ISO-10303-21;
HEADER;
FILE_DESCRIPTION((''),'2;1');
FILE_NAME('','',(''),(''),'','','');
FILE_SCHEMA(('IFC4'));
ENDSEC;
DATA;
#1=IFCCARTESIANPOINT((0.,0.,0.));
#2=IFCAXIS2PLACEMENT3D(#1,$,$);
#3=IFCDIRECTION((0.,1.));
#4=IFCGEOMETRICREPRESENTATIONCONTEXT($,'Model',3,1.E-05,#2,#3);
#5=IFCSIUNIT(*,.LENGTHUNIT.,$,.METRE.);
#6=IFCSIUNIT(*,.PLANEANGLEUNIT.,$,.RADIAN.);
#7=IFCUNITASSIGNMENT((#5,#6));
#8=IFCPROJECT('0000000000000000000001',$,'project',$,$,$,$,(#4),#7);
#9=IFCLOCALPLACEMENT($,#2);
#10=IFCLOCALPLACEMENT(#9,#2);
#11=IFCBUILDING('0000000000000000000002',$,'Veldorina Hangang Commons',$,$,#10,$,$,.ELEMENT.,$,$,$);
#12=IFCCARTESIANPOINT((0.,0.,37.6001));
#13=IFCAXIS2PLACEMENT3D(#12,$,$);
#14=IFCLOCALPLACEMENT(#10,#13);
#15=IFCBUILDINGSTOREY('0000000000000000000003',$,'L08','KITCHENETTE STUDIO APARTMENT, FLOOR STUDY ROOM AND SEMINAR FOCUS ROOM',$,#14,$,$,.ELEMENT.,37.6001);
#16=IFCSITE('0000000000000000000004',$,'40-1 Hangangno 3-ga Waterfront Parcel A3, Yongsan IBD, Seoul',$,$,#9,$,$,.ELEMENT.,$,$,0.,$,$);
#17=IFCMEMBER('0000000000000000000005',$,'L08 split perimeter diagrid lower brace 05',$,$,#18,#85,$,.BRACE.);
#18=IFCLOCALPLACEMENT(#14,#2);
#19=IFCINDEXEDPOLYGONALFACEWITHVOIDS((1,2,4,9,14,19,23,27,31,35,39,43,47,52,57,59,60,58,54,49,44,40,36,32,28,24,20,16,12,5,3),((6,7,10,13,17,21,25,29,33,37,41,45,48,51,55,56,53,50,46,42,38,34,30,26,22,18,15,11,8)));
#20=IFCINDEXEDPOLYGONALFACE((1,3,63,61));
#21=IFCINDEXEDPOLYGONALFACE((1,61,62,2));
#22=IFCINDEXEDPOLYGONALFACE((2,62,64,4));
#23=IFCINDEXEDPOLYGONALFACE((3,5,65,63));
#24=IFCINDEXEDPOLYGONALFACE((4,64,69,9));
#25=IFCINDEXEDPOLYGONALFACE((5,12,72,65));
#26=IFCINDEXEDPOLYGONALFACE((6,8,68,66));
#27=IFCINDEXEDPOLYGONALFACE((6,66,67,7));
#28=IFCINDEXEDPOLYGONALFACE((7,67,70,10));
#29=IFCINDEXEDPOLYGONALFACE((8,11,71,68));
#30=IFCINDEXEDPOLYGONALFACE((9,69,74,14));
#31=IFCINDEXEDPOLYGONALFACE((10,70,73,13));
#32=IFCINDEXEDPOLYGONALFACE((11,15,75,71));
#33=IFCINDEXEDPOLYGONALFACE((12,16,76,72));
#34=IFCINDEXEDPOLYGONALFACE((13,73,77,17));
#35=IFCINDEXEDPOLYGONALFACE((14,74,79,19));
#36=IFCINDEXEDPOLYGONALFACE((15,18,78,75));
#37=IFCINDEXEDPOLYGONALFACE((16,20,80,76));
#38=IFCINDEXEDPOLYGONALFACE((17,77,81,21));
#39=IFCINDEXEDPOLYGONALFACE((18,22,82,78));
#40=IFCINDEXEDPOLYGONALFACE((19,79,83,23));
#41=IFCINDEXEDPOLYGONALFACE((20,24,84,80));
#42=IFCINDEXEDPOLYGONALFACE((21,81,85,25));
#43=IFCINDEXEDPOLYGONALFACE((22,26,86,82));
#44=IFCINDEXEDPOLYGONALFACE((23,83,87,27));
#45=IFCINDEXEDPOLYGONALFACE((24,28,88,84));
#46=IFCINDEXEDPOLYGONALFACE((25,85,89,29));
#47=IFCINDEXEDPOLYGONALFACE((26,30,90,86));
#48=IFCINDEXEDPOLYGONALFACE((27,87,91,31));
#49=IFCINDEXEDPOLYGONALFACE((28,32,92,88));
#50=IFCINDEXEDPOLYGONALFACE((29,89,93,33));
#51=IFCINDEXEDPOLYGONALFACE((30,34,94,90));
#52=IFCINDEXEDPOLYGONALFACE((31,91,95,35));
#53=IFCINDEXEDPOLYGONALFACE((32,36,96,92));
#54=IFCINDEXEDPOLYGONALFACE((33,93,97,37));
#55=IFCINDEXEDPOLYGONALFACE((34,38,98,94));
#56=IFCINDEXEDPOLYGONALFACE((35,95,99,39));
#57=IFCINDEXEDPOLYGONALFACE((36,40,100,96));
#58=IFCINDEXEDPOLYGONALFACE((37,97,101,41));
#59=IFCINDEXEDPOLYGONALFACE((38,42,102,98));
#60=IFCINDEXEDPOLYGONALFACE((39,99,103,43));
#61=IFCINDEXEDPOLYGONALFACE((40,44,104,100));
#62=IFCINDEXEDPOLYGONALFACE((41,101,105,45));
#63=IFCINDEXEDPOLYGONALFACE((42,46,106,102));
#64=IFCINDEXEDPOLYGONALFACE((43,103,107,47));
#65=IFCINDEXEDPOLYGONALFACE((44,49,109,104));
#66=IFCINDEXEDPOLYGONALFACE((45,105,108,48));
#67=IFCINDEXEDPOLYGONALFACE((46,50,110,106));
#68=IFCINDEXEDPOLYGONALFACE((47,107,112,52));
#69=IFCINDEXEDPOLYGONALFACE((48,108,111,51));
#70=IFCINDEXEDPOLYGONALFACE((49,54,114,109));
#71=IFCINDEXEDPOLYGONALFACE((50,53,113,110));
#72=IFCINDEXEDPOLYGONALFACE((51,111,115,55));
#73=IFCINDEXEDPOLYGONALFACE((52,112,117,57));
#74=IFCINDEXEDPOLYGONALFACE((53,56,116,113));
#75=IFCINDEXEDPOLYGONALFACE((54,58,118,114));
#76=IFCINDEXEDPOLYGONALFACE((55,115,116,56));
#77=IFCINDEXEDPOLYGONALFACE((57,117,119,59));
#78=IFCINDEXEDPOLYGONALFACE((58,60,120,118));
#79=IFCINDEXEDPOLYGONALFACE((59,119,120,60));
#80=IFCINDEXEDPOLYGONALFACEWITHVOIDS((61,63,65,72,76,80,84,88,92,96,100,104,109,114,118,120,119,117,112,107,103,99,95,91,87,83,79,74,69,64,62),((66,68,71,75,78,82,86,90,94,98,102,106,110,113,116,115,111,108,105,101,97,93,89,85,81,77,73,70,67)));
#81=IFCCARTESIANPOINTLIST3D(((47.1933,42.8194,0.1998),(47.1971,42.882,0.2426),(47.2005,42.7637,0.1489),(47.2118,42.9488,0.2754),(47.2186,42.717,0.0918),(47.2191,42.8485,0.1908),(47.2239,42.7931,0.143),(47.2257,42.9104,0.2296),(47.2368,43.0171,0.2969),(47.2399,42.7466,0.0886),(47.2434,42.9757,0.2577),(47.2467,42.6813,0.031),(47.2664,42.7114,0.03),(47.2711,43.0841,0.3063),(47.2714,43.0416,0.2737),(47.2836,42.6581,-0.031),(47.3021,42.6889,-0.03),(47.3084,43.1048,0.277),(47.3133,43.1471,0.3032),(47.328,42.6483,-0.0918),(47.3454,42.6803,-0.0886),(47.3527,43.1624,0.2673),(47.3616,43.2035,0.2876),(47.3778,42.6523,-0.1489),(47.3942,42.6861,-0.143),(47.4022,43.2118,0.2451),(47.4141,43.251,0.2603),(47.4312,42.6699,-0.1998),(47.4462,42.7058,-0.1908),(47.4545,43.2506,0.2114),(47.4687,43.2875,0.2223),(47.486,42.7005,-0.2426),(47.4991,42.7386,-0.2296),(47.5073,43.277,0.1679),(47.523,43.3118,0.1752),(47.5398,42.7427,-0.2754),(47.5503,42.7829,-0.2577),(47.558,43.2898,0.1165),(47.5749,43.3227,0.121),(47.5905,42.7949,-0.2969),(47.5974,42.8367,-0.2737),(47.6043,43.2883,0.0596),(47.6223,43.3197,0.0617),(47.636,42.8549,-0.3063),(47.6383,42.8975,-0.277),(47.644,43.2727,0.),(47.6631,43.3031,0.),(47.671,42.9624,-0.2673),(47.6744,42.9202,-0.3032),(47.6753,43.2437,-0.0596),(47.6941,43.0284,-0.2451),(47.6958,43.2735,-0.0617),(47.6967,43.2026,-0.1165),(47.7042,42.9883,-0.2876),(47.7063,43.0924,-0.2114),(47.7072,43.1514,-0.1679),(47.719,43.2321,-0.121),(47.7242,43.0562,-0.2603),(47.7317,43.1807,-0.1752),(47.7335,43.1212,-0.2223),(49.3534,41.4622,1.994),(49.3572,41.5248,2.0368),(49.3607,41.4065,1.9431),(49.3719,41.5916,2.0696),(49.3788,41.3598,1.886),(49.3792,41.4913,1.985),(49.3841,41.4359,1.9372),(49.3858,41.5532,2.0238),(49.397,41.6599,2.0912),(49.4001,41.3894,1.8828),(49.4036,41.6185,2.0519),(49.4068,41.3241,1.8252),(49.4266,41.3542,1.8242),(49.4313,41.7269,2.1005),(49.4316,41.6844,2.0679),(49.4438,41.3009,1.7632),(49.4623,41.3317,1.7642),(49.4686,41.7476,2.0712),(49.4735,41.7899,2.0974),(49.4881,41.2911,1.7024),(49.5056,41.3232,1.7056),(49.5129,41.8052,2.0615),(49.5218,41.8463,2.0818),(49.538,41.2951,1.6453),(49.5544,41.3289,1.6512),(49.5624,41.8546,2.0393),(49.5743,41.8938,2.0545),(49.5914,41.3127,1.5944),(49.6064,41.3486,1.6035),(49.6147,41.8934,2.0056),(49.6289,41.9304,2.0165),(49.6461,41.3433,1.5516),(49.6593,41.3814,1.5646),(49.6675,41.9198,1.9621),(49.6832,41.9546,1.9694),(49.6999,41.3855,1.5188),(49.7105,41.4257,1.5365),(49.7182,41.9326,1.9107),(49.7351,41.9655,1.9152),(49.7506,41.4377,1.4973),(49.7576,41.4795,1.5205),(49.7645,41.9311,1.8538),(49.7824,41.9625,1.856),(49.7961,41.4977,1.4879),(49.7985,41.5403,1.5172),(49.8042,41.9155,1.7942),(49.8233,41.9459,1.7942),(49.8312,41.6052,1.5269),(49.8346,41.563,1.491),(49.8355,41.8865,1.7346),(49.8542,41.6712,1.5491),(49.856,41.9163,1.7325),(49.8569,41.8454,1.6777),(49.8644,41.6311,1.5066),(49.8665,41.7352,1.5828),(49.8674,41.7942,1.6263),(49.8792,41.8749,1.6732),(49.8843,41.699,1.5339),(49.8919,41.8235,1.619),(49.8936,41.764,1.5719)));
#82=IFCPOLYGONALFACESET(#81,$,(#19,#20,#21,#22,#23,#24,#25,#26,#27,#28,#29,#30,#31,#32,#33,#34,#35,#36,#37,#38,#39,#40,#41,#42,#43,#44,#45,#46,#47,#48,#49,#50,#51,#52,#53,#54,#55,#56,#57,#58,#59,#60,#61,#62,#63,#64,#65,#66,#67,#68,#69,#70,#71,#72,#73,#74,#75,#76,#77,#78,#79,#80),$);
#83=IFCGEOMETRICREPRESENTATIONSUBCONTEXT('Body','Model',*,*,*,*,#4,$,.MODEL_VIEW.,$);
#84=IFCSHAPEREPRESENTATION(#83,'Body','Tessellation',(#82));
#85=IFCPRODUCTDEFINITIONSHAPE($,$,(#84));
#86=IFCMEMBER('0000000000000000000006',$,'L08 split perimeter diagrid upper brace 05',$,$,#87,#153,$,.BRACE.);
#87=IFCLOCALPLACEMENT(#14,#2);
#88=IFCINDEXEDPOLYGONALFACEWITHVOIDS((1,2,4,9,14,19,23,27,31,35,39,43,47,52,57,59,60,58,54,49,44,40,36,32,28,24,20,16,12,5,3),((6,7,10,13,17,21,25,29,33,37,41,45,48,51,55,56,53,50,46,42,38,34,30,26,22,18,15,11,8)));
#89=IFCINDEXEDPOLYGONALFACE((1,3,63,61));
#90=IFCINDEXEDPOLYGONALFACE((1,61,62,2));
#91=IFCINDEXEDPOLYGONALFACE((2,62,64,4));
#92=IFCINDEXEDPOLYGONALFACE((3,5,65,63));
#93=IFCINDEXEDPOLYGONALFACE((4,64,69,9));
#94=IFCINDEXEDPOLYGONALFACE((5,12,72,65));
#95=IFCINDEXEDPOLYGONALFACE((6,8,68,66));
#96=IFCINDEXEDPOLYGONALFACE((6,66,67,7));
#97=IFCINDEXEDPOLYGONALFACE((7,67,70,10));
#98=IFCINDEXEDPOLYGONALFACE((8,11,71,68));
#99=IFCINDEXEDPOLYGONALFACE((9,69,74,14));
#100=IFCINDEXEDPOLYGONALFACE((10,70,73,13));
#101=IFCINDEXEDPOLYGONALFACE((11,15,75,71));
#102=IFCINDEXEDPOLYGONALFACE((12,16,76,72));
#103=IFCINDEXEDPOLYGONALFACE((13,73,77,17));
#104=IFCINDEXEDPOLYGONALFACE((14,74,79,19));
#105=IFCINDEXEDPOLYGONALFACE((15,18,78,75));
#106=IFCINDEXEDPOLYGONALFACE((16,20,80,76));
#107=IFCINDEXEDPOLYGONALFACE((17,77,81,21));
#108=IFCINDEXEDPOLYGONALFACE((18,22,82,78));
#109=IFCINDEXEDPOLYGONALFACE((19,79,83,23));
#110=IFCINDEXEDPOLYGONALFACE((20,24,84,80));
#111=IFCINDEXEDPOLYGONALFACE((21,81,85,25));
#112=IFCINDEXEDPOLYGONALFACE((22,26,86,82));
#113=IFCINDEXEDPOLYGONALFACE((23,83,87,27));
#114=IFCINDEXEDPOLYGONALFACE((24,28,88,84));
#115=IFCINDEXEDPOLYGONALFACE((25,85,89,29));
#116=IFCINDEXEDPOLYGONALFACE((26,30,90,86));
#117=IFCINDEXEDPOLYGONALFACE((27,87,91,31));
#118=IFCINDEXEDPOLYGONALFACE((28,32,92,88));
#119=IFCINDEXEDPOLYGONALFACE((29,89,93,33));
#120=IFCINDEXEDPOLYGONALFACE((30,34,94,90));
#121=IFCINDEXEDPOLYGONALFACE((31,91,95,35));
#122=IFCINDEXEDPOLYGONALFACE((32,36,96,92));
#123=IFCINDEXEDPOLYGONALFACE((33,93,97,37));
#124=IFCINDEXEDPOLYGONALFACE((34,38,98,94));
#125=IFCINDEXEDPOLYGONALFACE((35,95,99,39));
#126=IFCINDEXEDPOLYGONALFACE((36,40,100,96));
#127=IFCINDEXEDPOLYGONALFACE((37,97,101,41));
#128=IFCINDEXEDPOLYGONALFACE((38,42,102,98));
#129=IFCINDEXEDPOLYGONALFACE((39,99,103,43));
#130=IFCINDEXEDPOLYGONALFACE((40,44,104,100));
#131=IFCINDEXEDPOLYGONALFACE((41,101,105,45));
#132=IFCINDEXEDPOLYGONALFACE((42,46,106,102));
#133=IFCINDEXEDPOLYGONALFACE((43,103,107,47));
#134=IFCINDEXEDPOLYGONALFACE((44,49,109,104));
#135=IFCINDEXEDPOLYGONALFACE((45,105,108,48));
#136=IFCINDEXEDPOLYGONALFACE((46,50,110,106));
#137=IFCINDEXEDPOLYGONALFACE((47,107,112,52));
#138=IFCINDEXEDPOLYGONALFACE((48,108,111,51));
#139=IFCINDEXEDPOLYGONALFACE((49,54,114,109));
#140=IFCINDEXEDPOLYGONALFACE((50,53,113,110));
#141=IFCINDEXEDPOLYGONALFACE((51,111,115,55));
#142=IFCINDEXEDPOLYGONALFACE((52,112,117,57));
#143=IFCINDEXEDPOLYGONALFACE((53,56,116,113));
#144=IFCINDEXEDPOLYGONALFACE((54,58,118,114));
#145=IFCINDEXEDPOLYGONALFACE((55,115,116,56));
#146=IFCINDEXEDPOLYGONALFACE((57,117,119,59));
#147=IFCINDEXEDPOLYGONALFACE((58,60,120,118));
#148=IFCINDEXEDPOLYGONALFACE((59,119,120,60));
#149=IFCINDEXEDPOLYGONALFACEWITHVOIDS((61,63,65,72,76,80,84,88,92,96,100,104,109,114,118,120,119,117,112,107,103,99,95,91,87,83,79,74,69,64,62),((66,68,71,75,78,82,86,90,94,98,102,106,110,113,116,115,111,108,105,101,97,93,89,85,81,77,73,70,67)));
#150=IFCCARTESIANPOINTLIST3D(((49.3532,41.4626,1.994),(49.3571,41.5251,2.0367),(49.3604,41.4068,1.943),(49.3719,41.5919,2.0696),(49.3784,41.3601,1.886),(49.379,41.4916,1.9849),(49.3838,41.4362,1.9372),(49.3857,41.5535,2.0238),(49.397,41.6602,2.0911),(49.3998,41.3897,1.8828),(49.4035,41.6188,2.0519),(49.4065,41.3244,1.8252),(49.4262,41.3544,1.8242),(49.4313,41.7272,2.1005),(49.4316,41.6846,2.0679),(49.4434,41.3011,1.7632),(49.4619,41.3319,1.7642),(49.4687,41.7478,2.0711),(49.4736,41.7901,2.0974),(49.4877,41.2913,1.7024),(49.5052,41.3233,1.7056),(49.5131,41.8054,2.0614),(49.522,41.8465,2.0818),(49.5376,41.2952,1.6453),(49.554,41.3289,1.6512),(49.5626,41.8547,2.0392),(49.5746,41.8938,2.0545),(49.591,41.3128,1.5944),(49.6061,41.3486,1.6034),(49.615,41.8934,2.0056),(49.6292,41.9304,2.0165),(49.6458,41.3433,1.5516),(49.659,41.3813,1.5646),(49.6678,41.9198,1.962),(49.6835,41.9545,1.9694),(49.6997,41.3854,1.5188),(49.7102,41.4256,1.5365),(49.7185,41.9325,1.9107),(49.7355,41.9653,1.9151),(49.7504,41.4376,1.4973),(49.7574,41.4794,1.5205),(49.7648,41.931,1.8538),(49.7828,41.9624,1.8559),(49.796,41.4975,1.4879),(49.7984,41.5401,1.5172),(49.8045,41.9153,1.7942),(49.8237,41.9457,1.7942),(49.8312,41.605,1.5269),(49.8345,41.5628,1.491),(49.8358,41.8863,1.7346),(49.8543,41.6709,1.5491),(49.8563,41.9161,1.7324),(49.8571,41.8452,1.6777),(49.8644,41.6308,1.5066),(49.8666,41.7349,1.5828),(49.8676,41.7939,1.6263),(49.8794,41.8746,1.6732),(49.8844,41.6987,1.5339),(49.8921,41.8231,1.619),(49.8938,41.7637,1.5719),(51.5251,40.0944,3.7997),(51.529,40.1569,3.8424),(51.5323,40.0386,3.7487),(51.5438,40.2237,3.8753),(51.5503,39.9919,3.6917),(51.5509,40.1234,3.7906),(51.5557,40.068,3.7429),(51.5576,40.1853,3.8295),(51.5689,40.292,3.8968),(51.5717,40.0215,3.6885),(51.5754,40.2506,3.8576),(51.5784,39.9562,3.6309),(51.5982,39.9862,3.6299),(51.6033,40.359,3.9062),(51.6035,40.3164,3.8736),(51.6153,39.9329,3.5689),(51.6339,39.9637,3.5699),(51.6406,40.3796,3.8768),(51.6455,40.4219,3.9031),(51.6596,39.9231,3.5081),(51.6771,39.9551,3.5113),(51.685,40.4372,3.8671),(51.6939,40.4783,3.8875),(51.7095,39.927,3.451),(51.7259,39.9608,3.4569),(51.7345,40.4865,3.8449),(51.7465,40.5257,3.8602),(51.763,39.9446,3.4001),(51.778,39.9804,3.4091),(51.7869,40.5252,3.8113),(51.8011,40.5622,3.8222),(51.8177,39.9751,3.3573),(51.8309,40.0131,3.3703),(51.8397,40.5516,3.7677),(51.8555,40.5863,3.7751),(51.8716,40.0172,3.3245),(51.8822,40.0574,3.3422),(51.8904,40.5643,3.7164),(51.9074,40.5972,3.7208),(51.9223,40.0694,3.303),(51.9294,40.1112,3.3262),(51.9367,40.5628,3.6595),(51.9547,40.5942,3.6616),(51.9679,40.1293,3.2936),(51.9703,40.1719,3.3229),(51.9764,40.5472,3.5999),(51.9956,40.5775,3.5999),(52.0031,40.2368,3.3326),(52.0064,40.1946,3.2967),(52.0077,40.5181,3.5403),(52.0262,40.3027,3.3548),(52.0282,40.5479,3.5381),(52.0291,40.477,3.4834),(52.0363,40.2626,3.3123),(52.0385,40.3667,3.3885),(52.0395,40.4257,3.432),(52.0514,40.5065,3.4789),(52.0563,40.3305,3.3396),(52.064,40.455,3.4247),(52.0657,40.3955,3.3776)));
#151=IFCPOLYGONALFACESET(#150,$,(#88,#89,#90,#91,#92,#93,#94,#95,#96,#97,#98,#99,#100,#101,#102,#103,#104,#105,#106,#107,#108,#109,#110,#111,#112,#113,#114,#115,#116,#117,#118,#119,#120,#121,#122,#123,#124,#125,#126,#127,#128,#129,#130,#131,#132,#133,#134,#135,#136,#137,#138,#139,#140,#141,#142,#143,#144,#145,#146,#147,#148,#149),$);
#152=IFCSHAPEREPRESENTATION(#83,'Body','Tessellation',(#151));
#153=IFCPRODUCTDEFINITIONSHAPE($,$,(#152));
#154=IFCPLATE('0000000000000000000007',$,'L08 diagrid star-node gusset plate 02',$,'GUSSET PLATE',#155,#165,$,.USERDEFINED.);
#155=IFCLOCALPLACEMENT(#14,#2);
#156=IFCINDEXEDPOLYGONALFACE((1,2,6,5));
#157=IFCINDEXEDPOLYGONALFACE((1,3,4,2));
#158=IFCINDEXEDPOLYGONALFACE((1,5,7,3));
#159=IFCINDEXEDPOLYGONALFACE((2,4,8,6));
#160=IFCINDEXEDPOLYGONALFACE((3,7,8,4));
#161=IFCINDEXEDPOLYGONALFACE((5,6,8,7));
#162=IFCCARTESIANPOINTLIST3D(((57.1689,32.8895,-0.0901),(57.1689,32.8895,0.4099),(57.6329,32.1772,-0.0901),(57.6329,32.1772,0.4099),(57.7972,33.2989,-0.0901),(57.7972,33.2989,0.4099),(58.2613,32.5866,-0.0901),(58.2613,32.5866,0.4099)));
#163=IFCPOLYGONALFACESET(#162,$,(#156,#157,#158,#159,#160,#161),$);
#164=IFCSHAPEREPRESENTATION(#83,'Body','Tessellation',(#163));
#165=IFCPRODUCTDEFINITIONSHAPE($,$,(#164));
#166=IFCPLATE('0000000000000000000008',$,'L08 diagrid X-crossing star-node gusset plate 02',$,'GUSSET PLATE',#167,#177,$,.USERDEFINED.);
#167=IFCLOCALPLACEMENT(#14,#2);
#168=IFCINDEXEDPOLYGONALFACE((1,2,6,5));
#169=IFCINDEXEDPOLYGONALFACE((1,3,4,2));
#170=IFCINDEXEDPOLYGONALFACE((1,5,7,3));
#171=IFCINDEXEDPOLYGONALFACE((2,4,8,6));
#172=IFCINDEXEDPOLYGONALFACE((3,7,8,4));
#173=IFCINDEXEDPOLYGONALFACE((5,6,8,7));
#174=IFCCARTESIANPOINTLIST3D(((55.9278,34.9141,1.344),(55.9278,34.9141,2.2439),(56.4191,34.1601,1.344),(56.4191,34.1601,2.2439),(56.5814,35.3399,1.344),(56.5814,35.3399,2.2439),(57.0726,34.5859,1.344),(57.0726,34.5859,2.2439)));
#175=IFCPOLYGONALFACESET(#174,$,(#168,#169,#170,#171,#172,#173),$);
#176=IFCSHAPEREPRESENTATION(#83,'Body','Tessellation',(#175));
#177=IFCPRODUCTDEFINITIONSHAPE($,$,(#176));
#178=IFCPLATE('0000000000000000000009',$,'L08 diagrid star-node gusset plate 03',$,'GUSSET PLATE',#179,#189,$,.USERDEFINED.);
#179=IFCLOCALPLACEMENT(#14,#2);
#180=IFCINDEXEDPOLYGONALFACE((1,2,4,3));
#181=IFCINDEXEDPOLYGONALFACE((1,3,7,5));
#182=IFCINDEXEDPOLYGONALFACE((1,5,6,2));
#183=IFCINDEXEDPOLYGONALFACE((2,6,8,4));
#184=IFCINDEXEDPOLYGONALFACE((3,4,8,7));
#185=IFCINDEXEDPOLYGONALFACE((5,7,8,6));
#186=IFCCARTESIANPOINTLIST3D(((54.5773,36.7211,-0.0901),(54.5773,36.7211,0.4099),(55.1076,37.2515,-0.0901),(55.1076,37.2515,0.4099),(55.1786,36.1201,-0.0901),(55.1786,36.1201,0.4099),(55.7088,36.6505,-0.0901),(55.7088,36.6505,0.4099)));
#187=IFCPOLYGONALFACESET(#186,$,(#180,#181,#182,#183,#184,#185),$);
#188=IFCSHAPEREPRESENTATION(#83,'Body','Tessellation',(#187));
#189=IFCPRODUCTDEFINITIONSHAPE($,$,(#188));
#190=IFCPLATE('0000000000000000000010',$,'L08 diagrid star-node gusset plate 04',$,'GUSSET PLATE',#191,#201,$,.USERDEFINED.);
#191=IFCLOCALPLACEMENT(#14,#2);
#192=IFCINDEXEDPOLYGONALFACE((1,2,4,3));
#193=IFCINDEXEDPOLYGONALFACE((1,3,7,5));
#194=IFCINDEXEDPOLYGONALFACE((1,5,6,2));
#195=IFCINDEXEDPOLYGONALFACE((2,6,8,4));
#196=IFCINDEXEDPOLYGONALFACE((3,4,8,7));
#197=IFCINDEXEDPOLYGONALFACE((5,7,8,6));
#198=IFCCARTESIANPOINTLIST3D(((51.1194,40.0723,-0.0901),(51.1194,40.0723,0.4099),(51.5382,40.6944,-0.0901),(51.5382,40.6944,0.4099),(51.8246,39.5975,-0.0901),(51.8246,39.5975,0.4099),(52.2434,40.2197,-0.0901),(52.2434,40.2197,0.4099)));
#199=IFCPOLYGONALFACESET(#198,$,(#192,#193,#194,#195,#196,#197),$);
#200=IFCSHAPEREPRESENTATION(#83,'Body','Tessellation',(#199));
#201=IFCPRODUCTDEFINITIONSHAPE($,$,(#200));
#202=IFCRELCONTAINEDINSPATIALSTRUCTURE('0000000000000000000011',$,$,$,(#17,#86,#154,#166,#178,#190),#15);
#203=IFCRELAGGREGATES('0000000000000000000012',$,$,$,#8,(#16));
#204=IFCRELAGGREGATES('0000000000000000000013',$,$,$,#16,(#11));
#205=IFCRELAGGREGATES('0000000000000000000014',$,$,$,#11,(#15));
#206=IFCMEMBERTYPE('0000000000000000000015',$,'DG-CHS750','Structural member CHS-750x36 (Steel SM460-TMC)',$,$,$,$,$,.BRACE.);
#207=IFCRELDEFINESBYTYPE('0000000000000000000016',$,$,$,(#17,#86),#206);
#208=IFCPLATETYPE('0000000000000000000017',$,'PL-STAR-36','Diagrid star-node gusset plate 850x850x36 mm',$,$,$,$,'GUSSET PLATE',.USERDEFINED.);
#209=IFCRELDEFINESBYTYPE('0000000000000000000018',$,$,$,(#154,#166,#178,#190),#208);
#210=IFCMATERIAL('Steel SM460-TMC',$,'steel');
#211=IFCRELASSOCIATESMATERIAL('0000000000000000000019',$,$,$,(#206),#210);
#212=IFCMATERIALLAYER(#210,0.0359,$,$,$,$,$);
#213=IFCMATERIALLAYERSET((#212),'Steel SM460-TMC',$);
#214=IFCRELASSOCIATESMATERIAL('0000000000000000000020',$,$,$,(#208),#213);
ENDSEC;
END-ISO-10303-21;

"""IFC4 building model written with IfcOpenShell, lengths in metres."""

from ifc_helpers import new_model, si_unit, direction, frame, origin, origin_2d, place, context, subcontext, project, spatial, rectangle, hollow_circle, extrude, material, layer, layer_set, material_profile, profile_set, type_object, element, save


model = new_model("IFC4")

# Units and contexts
model_context = context("Model", 3, precision=1e-05, world=origin(), true_north=direction((0.0, 1.0)))
body_context = subcontext(model_context, "Body", "Model", "MODEL_VIEW")
ifc_project = project(units=[si_unit("LENGTHUNIT", "METRE"), si_unit("PLANEANGLEUNIT", "RADIAN")], contexts=[model_context])

# Site, building, storey
site_placement = place(None, origin())
site = spatial("IfcSite", under=ifc_project, at=site_placement, Name="40-1 Hangangno 3-ga Waterfront Parcel A3, Yongsan IBD, Seoul", CompositionType="ELEMENT", RefElevation=0.0)
building_placement = place(site_placement, origin())
building = spatial("IfcBuilding", under=site, at=building_placement, Name="Veldorina Hangang Commons", CompositionType="ELEMENT")
storey_placement = place(building_placement, frame((0.0, 0.0, 37.6001)))
storey = spatial("IfcBuildingStorey", under=building, at=storey_placement, Name="L08", Description="KITCHENETTE STUDIO APARTMENT, FLOOR STUDY ROOM AND SEMINAR FOCUS ROOM", CompositionType="ELEMENT", Elevation=37.6001)

# Shared definitions
ifc_material_1 = material(Name="Steel SM460-TMC", Category="steel")

# Members
ifc_material_profile_1 = material_profile(ifc_material_1, hollow_circle(Radius=0.375, WallThickness=0.0359, at=origin_2d()), Name="CHS-750x36")
ifc_profile_set_1 = profile_set([ifc_material_profile_1], Name="Steel SM460-TMC")
member_type = type_object("IfcMemberType", Name="DG-CHS750", Description="Structural member CHS-750x36 (Steel SM460-TMC)", PredefinedType="BRACE", material=ifc_profile_set_1)
member_1_placement = place(storey_placement, frame((47.4636, 42.9856, 0.0), z_axis=(0.69261, -0.435151, 0.57527), x_axis=(0.531993, 0.846749, 0.0)))
element("IfcMember", 1, at=member_1_placement, inside=storey, type_object=member_type, Name="L08 split perimeter diagrid lower brace 05", PredefinedType="BRACE", context=body_context, shape_type="SweptSolid", body=[
    extrude(hollow_circle(Radius=0.375, WallThickness=0.0359, at=origin_2d()), origin(), (0.0, 0.0, 1.0), 3.1189),
])
member_2_placement = place(storey_placement, frame((49.6238, 41.6284, 1.7942), z_axis=(0.69204, -0.435948, 0.575352), x_axis=(0.533005, 0.846112, 0.0)))
element("IfcMember", 2, at=member_2_placement, inside=storey, type_object=member_type, Name="L08 split perimeter diagrid upper brace 05", PredefinedType="BRACE", context=body_context, shape_type="SweptSolid", body=[
    extrude(hollow_circle(Radius=0.375, WallThickness=0.0359, at=origin_2d()), origin(), (0.0, 0.0, 1.0), 3.1384),
])

# Plates
ifc_layer_1 = layer(ifc_material_1, 0.0359)
ifc_layer_set_1 = layer_set([ifc_layer_1], Name="Steel SM460-TMC")
plate_type = type_object("IfcPlateType", Name="PL-STAR-36", Description="Diagrid star-node gusset plate 850x850x36 mm", ElementType="GUSSET PLATE", PredefinedType="USERDEFINED", material=ifc_layer_set_1)
plate_1_placement = place(storey_placement, frame((57.7151, 32.738, -0.0901), z_axis=(0.0, 0.0, 1.0), x_axis=(-0.545897, 0.837852, 0.0)))
element("IfcPlate", 3, at=plate_1_placement, inside=storey, type_object=plate_type, Name="L08 diagrid star-node gusset plate 02", ObjectType="GUSSET PLATE", PredefinedType="USERDEFINED", context=body_context, shape_type="SweptSolid", body=[
    extrude(rectangle(XDim=0.8501, YDim=0.75, at=origin_2d()), origin(), (0.0, 0.0, 1.0), 0.5),
])
plate_2_placement = place(storey_placement, frame((56.5002, 34.75, 1.344), z_axis=(0.0, 0.0, 1.0), x_axis=(-0.545897, 0.837852, 0.0)))
element("IfcPlate", 4, at=plate_2_placement, inside=storey, type_object=plate_type, Name="L08 diagrid X-crossing star-node gusset plate 02", ObjectType="GUSSET PLATE", PredefinedType="USERDEFINED", context=body_context, shape_type="SweptSolid", body=[
    extrude(rectangle(XDim=0.8999, YDim=0.78, at=origin_2d()), origin(), (0.0, 0.0, 1.0), 0.8999),
])
for number, where, z_axis, x_axis, name in (
    (5, (55.1431, 36.6858, -0.0901), (0.0, 0.0, 1.0), (-0.707255, 0.706959, 0.0), "L08 diagrid star-node gusset plate 03"),
    (6, (51.6814, 40.146, -0.0901), (0.0, 0.0, 1.0), (-0.829525, 0.558469, 0.0), "L08 diagrid star-node gusset plate 04"),
):
    element("IfcPlate", number, at=place(storey_placement, frame(where, z_axis=z_axis, x_axis=x_axis)), inside=storey, type_object=plate_type, Name=name, ObjectType="GUSSET PLATE", PredefinedType="USERDEFINED", context=body_context, shape_type="SweptSolid", body=[
        extrude(rectangle(XDim=0.8501, YDim=0.75, at=origin_2d()), origin(), (0.0, 0.0, 1.0), 0.5),
    ])

save(model, "model.ifc")
